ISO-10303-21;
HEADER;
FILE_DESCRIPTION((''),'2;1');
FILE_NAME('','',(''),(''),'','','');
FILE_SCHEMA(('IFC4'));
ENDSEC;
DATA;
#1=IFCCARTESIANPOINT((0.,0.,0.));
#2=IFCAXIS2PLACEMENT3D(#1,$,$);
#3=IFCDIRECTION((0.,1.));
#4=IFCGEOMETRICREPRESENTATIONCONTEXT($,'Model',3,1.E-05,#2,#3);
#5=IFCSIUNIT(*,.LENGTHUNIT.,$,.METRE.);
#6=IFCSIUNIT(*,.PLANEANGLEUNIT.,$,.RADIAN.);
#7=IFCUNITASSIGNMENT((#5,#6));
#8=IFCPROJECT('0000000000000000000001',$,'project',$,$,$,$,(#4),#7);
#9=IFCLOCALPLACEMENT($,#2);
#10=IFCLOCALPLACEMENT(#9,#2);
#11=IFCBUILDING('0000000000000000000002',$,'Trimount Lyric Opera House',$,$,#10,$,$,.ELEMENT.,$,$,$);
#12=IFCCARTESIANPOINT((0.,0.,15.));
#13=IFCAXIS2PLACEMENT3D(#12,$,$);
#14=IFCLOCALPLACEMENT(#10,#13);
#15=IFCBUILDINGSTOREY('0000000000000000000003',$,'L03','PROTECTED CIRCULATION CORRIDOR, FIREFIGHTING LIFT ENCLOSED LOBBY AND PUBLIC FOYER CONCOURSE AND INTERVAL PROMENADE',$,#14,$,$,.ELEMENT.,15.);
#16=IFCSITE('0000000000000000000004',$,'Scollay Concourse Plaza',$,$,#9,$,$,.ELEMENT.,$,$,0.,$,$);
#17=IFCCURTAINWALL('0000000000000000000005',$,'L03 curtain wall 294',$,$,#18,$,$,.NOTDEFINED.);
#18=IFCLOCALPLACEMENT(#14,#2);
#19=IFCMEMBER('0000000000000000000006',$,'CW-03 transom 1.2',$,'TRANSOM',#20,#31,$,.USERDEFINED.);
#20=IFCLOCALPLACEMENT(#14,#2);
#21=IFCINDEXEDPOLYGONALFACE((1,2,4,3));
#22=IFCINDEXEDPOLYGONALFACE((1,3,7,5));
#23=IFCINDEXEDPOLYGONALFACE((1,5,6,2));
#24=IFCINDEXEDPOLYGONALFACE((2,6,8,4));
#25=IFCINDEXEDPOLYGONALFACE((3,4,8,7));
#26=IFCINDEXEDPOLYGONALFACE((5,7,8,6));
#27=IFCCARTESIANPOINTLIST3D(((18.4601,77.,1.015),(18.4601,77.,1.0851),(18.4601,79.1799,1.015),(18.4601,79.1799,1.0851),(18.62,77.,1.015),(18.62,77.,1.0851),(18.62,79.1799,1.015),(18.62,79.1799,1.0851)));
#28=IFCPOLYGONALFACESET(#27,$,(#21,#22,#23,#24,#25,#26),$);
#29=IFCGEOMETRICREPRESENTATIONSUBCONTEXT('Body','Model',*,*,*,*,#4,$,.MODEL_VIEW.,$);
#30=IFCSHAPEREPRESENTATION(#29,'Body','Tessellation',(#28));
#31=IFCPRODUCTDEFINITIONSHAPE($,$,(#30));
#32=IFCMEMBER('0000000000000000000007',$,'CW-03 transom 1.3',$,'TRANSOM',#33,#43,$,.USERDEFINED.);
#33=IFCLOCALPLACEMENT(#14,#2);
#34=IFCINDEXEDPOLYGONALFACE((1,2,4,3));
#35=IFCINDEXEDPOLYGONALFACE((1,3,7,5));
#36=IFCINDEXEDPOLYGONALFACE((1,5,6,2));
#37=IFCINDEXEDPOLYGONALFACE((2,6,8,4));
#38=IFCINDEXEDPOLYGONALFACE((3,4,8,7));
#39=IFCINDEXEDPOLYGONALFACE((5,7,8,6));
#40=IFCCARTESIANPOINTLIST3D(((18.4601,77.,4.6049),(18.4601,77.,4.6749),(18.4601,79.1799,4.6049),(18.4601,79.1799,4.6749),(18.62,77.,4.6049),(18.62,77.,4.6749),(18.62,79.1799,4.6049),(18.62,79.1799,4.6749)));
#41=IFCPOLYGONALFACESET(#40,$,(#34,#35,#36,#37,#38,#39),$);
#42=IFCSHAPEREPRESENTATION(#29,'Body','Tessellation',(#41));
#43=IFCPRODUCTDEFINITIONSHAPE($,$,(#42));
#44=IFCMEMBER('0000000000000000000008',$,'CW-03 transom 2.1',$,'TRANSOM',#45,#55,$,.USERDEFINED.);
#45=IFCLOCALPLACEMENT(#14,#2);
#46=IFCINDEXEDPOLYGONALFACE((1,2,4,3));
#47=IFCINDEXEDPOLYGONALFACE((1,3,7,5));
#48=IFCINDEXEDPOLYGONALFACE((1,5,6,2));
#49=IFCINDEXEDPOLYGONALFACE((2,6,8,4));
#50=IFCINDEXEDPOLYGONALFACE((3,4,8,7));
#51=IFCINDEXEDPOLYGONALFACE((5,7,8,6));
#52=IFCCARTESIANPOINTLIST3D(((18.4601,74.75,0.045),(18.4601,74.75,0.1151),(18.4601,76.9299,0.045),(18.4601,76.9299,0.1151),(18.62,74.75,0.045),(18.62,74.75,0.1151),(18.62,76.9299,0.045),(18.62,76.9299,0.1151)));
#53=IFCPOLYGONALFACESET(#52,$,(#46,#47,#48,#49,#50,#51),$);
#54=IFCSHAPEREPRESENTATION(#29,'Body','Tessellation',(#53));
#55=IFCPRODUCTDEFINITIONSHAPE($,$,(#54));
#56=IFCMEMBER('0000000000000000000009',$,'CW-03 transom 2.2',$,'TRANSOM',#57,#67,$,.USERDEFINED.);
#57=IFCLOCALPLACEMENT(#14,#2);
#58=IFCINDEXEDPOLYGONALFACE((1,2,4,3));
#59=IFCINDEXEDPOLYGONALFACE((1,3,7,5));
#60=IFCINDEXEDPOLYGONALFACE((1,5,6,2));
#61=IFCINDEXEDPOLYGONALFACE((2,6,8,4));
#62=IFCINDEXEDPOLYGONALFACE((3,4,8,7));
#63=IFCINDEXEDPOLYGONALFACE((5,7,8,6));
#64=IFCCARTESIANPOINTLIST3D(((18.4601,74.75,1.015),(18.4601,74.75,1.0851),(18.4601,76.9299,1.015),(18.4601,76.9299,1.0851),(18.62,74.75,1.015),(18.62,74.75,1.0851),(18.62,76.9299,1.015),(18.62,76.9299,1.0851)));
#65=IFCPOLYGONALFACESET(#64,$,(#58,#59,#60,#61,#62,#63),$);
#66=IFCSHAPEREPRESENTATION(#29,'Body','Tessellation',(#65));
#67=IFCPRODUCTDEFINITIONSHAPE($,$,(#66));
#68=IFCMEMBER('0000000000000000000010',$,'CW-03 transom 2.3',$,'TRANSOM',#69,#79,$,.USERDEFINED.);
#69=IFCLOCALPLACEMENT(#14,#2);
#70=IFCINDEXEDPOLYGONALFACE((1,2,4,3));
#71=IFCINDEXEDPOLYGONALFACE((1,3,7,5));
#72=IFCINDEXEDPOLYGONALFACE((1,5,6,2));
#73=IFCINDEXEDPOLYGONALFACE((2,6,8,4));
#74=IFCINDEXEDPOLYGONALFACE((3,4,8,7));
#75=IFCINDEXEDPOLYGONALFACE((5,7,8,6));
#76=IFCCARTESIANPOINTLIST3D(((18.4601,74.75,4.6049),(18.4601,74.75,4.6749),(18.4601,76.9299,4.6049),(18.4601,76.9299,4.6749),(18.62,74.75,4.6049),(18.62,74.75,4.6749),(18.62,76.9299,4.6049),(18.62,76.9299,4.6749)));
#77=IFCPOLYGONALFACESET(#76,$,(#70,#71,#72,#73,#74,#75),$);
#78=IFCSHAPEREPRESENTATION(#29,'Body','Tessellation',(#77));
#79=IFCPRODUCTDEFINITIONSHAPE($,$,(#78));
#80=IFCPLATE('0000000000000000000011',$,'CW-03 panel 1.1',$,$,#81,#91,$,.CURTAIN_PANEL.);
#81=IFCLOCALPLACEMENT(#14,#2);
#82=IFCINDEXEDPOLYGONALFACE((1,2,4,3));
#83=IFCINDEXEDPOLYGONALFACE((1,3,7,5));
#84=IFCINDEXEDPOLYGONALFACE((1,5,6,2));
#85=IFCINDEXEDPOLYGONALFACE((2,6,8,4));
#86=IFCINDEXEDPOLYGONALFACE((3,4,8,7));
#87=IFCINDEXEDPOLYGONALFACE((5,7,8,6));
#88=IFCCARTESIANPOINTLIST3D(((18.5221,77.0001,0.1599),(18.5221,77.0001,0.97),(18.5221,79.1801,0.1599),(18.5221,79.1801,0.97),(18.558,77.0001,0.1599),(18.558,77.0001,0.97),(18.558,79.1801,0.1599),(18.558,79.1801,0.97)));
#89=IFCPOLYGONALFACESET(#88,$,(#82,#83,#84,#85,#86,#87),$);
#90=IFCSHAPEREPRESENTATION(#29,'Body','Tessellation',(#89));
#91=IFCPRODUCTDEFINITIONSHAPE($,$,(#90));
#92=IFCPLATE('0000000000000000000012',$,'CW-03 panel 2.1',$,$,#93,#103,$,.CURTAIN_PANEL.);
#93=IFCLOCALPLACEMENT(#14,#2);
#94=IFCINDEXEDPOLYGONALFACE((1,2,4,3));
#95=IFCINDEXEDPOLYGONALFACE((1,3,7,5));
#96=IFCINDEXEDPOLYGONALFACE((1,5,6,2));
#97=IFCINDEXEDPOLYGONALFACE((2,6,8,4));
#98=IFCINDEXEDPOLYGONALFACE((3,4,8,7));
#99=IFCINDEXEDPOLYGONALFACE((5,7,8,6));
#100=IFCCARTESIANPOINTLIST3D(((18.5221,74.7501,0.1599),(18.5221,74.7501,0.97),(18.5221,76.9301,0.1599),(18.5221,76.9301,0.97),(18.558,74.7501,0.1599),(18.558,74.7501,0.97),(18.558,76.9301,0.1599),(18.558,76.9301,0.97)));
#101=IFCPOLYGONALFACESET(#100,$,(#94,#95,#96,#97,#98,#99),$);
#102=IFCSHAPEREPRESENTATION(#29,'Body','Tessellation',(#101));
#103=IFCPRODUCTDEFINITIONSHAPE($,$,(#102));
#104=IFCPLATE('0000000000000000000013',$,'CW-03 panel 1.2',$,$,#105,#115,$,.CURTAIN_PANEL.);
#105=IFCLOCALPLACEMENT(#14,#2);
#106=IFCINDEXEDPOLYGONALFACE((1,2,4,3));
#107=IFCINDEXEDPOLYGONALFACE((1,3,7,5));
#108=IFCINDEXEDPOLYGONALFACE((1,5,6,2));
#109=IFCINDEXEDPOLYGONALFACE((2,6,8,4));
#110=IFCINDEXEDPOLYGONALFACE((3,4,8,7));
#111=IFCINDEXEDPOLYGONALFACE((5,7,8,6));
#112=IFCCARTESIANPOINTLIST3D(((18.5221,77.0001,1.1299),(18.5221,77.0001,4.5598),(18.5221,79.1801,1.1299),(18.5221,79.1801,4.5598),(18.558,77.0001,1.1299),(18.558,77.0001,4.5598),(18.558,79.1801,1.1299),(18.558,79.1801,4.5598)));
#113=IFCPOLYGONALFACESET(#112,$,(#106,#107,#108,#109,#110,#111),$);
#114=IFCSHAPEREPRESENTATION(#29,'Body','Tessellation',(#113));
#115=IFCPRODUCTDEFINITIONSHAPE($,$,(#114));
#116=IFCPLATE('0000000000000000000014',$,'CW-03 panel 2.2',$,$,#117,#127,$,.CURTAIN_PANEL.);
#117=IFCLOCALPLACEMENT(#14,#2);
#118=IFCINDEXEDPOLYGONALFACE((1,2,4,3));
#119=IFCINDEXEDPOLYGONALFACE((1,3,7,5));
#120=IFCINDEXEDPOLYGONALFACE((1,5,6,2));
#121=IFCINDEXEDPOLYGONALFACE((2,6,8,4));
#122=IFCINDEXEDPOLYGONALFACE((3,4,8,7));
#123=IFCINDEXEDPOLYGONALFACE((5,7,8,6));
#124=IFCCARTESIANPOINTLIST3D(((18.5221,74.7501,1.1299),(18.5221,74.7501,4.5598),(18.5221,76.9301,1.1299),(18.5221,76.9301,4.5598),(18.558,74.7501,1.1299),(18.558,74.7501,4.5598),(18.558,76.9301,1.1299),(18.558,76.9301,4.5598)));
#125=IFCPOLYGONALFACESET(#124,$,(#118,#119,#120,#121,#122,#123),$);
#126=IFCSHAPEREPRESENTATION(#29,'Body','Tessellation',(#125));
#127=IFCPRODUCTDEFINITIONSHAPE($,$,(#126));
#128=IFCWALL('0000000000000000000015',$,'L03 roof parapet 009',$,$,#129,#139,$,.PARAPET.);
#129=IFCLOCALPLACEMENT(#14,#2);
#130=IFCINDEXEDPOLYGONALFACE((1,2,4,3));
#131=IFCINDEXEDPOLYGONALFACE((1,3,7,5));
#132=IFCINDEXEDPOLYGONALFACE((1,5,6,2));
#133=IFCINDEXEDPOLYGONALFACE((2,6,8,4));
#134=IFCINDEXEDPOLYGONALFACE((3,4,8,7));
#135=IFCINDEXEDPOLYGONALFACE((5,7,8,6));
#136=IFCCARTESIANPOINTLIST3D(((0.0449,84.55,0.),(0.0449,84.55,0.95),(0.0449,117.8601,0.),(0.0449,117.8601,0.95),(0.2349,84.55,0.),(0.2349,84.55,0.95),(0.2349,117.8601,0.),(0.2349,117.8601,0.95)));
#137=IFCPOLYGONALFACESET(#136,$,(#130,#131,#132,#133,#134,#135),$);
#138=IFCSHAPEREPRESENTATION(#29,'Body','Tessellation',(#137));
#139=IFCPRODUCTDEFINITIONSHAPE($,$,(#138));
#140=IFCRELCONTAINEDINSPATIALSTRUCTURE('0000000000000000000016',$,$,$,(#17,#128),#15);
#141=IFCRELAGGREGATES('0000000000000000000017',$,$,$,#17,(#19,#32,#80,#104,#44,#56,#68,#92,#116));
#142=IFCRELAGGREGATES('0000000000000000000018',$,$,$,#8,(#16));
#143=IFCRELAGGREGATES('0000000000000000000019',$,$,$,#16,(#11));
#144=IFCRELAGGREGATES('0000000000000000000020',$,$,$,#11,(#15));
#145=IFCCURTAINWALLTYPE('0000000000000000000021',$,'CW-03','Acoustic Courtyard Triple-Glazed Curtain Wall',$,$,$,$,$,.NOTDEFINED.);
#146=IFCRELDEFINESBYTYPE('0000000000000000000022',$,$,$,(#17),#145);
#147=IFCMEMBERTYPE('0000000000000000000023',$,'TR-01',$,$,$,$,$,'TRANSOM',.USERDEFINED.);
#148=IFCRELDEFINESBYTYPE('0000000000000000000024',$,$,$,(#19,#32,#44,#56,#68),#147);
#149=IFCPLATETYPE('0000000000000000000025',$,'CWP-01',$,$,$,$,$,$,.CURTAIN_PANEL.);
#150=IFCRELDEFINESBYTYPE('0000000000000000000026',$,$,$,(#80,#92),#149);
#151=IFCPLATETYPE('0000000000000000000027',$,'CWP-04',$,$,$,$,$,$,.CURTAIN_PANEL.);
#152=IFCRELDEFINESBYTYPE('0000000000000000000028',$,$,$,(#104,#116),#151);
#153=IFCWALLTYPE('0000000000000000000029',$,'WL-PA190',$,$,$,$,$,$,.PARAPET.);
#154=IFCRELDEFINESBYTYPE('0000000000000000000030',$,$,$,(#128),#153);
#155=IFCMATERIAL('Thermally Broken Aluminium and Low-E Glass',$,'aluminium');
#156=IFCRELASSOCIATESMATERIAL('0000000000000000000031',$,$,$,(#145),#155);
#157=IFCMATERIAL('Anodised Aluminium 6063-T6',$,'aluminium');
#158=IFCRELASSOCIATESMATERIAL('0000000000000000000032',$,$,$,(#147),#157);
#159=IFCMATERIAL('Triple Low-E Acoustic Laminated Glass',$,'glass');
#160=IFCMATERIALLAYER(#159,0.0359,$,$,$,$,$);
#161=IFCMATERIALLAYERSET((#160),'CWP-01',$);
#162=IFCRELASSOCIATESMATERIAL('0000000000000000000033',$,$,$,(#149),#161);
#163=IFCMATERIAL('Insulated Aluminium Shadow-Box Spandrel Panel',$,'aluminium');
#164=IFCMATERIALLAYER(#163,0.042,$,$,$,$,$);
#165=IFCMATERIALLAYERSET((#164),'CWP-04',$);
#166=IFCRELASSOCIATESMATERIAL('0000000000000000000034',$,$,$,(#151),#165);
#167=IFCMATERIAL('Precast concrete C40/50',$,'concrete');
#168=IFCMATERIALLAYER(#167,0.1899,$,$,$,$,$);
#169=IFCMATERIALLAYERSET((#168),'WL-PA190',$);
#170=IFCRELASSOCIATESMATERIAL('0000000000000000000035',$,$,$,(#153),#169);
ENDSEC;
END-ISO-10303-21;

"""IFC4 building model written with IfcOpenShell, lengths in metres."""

from ifc_helpers import new_model, si_unit, direction, frame, frame_2d, origin, origin_2d, place, context, subcontext, project, spatial, rectangle, extrude, material, layer, layer_set, material_profile, profile_set, type_object, element, aggregate, save


model = new_model("IFC4")

# Units and contexts
model_context = context("Model", 3, precision=1e-05, world=origin(), true_north=direction((0.0, 1.0)))
body_context = subcontext(model_context, "Body", "Model", "MODEL_VIEW")
ifc_project = project(units=[si_unit("LENGTHUNIT", "METRE"), si_unit("PLANEANGLEUNIT", "RADIAN")], contexts=[model_context])

# Site, building, storey
site_placement = place(None, origin())
site = spatial("IfcSite", under=ifc_project, at=site_placement, Name="Scollay Concourse Plaza", CompositionType="ELEMENT", RefElevation=0.0)
building_placement = place(site_placement, origin())
building = spatial("IfcBuilding", under=site, at=building_placement, Name="Trimount Lyric Opera House", CompositionType="ELEMENT")
storey_placement = place(building_placement, frame((0.0, 0.0, 15.0)))
storey = spatial("IfcBuildingStorey", under=building, at=storey_placement, Name="L03", Description="PROTECTED CIRCULATION CORRIDOR, FIREFIGHTING LIFT ENCLOSED LOBBY AND PUBLIC FOYER CONCOURSE AND INTERVAL PROMENADE", CompositionType="ELEMENT", Elevation=15.0)

# Curtain wall
ifc_material_1 = material(Name="Thermally Broken Aluminium and Low-E Glass", Category="aluminium")
curtain_wall_type = type_object("IfcCurtainWallType", Name="CW-03", Description="Acoustic Courtyard Triple-Glazed Curtain Wall", PredefinedType="NOTDEFINED", material=ifc_material_1)
curtain_wall_placement = place(storey_placement, origin())
curtain_wall = element("IfcCurtainWall", 1, at=curtain_wall_placement, inside=storey, type_object=curtain_wall_type, Name="L03 curtain wall 294", PredefinedType="NOTDEFINED")

# Members
ifc_material_2 = material(Name="Anodised Aluminium 6063-T6", Category="aluminium")
ifc_material_profile_1 = material_profile(ifc_material_2, rectangle(XDim=0.1599, YDim=0.0701, at=origin_2d()), Name="ALU-TRAN-70X160")
ifc_profile_set_1 = profile_set([ifc_material_profile_1], Name="Anodised Aluminium 6063-T6")
member_type_1 = type_object("IfcMemberType", Name="TR-01", ElementType="TRANSOM", PredefinedType="USERDEFINED", material=ifc_profile_set_1)
member_1_placement = place(storey_placement, frame((18.54, 79.1799, 1.05), z_axis=(0.0, -1.0, 0.0), x_axis=(1.0, 0.0, 0.0)))
member_1 = element("IfcMember", 2, at=member_1_placement, type_object=member_type_1, Name="CW-03 transom 1.2", ObjectType="TRANSOM", PredefinedType="USERDEFINED", context=body_context, shape_type="SweptSolid", body=[
    extrude(rectangle(XDim=0.1599, YDim=0.0701, at=origin_2d()), origin(), (0.0, 0.0, 1.0), 2.1799),
])
member_2_placement = place(storey_placement, frame((18.54, 79.1799, 4.6399), z_axis=(0.0, -1.0, 0.0), x_axis=(1.0, 0.0, 0.0)))
member_2 = element("IfcMember", 3, at=member_2_placement, type_object=member_type_1, Name="CW-03 transom 1.3", ObjectType="TRANSOM", PredefinedType="USERDEFINED", context=body_context, shape_type="SweptSolid", body=[
    extrude(rectangle(XDim=0.1599, YDim=0.0701, at=origin_2d()), origin(), (0.0, 0.0, 1.0), 2.1799),
])
member_3_placement = place(storey_placement, frame((18.54, 76.9299, 0.0801), z_axis=(0.0, -1.0, 0.0), x_axis=(1.0, 0.0, 0.0)))
member_3 = element("IfcMember", 4, at=member_3_placement, type_object=member_type_1, Name="CW-03 transom 2.1", ObjectType="TRANSOM", PredefinedType="USERDEFINED", context=body_context, shape_type="SweptSolid", body=[
    extrude(rectangle(XDim=0.1599, YDim=0.0701, at=origin_2d()), origin(), (0.0, 0.0, 1.0), 2.1799),
])
member_4_placement = place(storey_placement, frame((18.54, 76.9299, 1.05), z_axis=(0.0, -1.0, 0.0), x_axis=(1.0, 0.0, 0.0)))
member_4 = element("IfcMember", 5, at=member_4_placement, type_object=member_type_1, Name="CW-03 transom 2.2", ObjectType="TRANSOM", PredefinedType="USERDEFINED", context=body_context, shape_type="SweptSolid", body=[
    extrude(rectangle(XDim=0.1599, YDim=0.0701, at=origin_2d()), origin(), (0.0, 0.0, 1.0), 2.1799),
])
member_5_placement = place(storey_placement, frame((18.54, 76.9299, 4.6399), z_axis=(0.0, -1.0, 0.0), x_axis=(1.0, 0.0, 0.0)))
member_5 = element("IfcMember", 6, at=member_5_placement, type_object=member_type_1, Name="CW-03 transom 2.3", ObjectType="TRANSOM", PredefinedType="USERDEFINED", context=body_context, shape_type="SweptSolid", body=[
    extrude(rectangle(XDim=0.1599, YDim=0.0701, at=origin_2d()), origin(), (0.0, 0.0, 1.0), 2.1799),
])

# Plates
ifc_material_3 = material(Name="Triple Low-E Acoustic Laminated Glass", Category="glass")
ifc_layer_1 = layer(ifc_material_3, 0.0359)
ifc_layer_set_1 = layer_set([ifc_layer_1], Name="CWP-01")
plate_type_1 = type_object("IfcPlateType", Name="CWP-01", PredefinedType="CURTAIN_PANEL", material=ifc_layer_set_1)
plate_1_placement = place(storey_placement, frame((18.54, 78.0901, 0.1599), z_axis=(0.0, 0.0, 1.0), x_axis=(0.0, -1.0, 0.0)))
plate_1 = element("IfcPlate", 7, at=plate_1_placement, type_object=plate_type_1, Name="CW-03 panel 1.1", PredefinedType="CURTAIN_PANEL", context=body_context, shape_type="SweptSolid", body=[
    extrude(rectangle(XDim=2.1799, YDim=0.0359, at=origin_2d()), origin(), (0.0, 0.0, 1.0), 0.8101),
])
plate_2_placement = place(storey_placement, frame((18.54, 75.8401, 0.1599), z_axis=(0.0, 0.0, 1.0), x_axis=(0.0, -1.0, 0.0)))
plate_2 = element("IfcPlate", 8, at=plate_2_placement, type_object=plate_type_1, Name="CW-03 panel 2.1", PredefinedType="CURTAIN_PANEL", context=body_context, shape_type="SweptSolid", body=[
    extrude(rectangle(XDim=2.1799, YDim=0.0359, at=origin_2d()), origin(), (0.0, 0.0, 1.0), 0.8101),
])
ifc_material_4 = material(Name="Insulated Aluminium Shadow-Box Spandrel Panel", Category="aluminium")
ifc_layer_2 = layer(ifc_material_4, 0.042)
ifc_layer_set_2 = layer_set([ifc_layer_2], Name="CWP-04")
plate_type_2 = type_object("IfcPlateType", Name="CWP-04", PredefinedType="CURTAIN_PANEL", material=ifc_layer_set_2)
plate_3_placement = place(storey_placement, frame((18.54, 78.0901, 1.1299), z_axis=(0.0, 0.0, 1.0), x_axis=(0.0, -1.0, 0.0)))
plate_3 = element("IfcPlate", 9, at=plate_3_placement, type_object=plate_type_2, Name="CW-03 panel 1.2", PredefinedType="CURTAIN_PANEL", context=body_context, shape_type="SweptSolid", body=[
    extrude(rectangle(XDim=2.1799, YDim=0.0359, at=origin_2d()), origin(), (0.0, 0.0, 1.0), 3.4299),
])
plate_4_placement = place(storey_placement, frame((18.54, 75.8401, 1.1299), z_axis=(0.0, 0.0, 1.0), x_axis=(0.0, -1.0, 0.0)))
plate_4 = element("IfcPlate", 10, at=plate_4_placement, type_object=plate_type_2, Name="CW-03 panel 2.2", PredefinedType="CURTAIN_PANEL", context=body_context, shape_type="SweptSolid", body=[
    extrude(rectangle(XDim=2.1799, YDim=0.0359, at=origin_2d()), origin(), (0.0, 0.0, 1.0), 3.4299),
])
aggregate(curtain_wall, [member_1, member_2, plate_1, plate_3, member_3, member_4, member_5, plate_2, plate_4])

# Wall
ifc_material_5 = material(Name="Precast concrete C40/50", Category="concrete")
ifc_layer_3 = layer(ifc_material_5, 0.1899)
ifc_layer_set_3 = layer_set([ifc_layer_3], Name="WL-PA190")
wall_type_1 = type_object("IfcWallType", Name="WL-PA190", PredefinedType="PARAPET", material=ifc_layer_set_3)
wall_1_placement = place(storey_placement, frame((0.1399, 84.55, 0.0), z_axis=(0.0, 0.0, 1.0), x_axis=(0.0, 1.0, 0.0)))
element("IfcWall", 11, at=wall_1_placement, inside=storey, type_object=wall_type_1, Name="L03 roof parapet 009", PredefinedType="PARAPET", context=body_context, shape_type="SweptSolid", body=[
    extrude(rectangle(XDim=33.3101, YDim=0.1899, at=frame_2d((16.655, 0.0))), origin(), (0.0, 0.0, 1.0), 0.95),
])

save(model, "model.ifc")
